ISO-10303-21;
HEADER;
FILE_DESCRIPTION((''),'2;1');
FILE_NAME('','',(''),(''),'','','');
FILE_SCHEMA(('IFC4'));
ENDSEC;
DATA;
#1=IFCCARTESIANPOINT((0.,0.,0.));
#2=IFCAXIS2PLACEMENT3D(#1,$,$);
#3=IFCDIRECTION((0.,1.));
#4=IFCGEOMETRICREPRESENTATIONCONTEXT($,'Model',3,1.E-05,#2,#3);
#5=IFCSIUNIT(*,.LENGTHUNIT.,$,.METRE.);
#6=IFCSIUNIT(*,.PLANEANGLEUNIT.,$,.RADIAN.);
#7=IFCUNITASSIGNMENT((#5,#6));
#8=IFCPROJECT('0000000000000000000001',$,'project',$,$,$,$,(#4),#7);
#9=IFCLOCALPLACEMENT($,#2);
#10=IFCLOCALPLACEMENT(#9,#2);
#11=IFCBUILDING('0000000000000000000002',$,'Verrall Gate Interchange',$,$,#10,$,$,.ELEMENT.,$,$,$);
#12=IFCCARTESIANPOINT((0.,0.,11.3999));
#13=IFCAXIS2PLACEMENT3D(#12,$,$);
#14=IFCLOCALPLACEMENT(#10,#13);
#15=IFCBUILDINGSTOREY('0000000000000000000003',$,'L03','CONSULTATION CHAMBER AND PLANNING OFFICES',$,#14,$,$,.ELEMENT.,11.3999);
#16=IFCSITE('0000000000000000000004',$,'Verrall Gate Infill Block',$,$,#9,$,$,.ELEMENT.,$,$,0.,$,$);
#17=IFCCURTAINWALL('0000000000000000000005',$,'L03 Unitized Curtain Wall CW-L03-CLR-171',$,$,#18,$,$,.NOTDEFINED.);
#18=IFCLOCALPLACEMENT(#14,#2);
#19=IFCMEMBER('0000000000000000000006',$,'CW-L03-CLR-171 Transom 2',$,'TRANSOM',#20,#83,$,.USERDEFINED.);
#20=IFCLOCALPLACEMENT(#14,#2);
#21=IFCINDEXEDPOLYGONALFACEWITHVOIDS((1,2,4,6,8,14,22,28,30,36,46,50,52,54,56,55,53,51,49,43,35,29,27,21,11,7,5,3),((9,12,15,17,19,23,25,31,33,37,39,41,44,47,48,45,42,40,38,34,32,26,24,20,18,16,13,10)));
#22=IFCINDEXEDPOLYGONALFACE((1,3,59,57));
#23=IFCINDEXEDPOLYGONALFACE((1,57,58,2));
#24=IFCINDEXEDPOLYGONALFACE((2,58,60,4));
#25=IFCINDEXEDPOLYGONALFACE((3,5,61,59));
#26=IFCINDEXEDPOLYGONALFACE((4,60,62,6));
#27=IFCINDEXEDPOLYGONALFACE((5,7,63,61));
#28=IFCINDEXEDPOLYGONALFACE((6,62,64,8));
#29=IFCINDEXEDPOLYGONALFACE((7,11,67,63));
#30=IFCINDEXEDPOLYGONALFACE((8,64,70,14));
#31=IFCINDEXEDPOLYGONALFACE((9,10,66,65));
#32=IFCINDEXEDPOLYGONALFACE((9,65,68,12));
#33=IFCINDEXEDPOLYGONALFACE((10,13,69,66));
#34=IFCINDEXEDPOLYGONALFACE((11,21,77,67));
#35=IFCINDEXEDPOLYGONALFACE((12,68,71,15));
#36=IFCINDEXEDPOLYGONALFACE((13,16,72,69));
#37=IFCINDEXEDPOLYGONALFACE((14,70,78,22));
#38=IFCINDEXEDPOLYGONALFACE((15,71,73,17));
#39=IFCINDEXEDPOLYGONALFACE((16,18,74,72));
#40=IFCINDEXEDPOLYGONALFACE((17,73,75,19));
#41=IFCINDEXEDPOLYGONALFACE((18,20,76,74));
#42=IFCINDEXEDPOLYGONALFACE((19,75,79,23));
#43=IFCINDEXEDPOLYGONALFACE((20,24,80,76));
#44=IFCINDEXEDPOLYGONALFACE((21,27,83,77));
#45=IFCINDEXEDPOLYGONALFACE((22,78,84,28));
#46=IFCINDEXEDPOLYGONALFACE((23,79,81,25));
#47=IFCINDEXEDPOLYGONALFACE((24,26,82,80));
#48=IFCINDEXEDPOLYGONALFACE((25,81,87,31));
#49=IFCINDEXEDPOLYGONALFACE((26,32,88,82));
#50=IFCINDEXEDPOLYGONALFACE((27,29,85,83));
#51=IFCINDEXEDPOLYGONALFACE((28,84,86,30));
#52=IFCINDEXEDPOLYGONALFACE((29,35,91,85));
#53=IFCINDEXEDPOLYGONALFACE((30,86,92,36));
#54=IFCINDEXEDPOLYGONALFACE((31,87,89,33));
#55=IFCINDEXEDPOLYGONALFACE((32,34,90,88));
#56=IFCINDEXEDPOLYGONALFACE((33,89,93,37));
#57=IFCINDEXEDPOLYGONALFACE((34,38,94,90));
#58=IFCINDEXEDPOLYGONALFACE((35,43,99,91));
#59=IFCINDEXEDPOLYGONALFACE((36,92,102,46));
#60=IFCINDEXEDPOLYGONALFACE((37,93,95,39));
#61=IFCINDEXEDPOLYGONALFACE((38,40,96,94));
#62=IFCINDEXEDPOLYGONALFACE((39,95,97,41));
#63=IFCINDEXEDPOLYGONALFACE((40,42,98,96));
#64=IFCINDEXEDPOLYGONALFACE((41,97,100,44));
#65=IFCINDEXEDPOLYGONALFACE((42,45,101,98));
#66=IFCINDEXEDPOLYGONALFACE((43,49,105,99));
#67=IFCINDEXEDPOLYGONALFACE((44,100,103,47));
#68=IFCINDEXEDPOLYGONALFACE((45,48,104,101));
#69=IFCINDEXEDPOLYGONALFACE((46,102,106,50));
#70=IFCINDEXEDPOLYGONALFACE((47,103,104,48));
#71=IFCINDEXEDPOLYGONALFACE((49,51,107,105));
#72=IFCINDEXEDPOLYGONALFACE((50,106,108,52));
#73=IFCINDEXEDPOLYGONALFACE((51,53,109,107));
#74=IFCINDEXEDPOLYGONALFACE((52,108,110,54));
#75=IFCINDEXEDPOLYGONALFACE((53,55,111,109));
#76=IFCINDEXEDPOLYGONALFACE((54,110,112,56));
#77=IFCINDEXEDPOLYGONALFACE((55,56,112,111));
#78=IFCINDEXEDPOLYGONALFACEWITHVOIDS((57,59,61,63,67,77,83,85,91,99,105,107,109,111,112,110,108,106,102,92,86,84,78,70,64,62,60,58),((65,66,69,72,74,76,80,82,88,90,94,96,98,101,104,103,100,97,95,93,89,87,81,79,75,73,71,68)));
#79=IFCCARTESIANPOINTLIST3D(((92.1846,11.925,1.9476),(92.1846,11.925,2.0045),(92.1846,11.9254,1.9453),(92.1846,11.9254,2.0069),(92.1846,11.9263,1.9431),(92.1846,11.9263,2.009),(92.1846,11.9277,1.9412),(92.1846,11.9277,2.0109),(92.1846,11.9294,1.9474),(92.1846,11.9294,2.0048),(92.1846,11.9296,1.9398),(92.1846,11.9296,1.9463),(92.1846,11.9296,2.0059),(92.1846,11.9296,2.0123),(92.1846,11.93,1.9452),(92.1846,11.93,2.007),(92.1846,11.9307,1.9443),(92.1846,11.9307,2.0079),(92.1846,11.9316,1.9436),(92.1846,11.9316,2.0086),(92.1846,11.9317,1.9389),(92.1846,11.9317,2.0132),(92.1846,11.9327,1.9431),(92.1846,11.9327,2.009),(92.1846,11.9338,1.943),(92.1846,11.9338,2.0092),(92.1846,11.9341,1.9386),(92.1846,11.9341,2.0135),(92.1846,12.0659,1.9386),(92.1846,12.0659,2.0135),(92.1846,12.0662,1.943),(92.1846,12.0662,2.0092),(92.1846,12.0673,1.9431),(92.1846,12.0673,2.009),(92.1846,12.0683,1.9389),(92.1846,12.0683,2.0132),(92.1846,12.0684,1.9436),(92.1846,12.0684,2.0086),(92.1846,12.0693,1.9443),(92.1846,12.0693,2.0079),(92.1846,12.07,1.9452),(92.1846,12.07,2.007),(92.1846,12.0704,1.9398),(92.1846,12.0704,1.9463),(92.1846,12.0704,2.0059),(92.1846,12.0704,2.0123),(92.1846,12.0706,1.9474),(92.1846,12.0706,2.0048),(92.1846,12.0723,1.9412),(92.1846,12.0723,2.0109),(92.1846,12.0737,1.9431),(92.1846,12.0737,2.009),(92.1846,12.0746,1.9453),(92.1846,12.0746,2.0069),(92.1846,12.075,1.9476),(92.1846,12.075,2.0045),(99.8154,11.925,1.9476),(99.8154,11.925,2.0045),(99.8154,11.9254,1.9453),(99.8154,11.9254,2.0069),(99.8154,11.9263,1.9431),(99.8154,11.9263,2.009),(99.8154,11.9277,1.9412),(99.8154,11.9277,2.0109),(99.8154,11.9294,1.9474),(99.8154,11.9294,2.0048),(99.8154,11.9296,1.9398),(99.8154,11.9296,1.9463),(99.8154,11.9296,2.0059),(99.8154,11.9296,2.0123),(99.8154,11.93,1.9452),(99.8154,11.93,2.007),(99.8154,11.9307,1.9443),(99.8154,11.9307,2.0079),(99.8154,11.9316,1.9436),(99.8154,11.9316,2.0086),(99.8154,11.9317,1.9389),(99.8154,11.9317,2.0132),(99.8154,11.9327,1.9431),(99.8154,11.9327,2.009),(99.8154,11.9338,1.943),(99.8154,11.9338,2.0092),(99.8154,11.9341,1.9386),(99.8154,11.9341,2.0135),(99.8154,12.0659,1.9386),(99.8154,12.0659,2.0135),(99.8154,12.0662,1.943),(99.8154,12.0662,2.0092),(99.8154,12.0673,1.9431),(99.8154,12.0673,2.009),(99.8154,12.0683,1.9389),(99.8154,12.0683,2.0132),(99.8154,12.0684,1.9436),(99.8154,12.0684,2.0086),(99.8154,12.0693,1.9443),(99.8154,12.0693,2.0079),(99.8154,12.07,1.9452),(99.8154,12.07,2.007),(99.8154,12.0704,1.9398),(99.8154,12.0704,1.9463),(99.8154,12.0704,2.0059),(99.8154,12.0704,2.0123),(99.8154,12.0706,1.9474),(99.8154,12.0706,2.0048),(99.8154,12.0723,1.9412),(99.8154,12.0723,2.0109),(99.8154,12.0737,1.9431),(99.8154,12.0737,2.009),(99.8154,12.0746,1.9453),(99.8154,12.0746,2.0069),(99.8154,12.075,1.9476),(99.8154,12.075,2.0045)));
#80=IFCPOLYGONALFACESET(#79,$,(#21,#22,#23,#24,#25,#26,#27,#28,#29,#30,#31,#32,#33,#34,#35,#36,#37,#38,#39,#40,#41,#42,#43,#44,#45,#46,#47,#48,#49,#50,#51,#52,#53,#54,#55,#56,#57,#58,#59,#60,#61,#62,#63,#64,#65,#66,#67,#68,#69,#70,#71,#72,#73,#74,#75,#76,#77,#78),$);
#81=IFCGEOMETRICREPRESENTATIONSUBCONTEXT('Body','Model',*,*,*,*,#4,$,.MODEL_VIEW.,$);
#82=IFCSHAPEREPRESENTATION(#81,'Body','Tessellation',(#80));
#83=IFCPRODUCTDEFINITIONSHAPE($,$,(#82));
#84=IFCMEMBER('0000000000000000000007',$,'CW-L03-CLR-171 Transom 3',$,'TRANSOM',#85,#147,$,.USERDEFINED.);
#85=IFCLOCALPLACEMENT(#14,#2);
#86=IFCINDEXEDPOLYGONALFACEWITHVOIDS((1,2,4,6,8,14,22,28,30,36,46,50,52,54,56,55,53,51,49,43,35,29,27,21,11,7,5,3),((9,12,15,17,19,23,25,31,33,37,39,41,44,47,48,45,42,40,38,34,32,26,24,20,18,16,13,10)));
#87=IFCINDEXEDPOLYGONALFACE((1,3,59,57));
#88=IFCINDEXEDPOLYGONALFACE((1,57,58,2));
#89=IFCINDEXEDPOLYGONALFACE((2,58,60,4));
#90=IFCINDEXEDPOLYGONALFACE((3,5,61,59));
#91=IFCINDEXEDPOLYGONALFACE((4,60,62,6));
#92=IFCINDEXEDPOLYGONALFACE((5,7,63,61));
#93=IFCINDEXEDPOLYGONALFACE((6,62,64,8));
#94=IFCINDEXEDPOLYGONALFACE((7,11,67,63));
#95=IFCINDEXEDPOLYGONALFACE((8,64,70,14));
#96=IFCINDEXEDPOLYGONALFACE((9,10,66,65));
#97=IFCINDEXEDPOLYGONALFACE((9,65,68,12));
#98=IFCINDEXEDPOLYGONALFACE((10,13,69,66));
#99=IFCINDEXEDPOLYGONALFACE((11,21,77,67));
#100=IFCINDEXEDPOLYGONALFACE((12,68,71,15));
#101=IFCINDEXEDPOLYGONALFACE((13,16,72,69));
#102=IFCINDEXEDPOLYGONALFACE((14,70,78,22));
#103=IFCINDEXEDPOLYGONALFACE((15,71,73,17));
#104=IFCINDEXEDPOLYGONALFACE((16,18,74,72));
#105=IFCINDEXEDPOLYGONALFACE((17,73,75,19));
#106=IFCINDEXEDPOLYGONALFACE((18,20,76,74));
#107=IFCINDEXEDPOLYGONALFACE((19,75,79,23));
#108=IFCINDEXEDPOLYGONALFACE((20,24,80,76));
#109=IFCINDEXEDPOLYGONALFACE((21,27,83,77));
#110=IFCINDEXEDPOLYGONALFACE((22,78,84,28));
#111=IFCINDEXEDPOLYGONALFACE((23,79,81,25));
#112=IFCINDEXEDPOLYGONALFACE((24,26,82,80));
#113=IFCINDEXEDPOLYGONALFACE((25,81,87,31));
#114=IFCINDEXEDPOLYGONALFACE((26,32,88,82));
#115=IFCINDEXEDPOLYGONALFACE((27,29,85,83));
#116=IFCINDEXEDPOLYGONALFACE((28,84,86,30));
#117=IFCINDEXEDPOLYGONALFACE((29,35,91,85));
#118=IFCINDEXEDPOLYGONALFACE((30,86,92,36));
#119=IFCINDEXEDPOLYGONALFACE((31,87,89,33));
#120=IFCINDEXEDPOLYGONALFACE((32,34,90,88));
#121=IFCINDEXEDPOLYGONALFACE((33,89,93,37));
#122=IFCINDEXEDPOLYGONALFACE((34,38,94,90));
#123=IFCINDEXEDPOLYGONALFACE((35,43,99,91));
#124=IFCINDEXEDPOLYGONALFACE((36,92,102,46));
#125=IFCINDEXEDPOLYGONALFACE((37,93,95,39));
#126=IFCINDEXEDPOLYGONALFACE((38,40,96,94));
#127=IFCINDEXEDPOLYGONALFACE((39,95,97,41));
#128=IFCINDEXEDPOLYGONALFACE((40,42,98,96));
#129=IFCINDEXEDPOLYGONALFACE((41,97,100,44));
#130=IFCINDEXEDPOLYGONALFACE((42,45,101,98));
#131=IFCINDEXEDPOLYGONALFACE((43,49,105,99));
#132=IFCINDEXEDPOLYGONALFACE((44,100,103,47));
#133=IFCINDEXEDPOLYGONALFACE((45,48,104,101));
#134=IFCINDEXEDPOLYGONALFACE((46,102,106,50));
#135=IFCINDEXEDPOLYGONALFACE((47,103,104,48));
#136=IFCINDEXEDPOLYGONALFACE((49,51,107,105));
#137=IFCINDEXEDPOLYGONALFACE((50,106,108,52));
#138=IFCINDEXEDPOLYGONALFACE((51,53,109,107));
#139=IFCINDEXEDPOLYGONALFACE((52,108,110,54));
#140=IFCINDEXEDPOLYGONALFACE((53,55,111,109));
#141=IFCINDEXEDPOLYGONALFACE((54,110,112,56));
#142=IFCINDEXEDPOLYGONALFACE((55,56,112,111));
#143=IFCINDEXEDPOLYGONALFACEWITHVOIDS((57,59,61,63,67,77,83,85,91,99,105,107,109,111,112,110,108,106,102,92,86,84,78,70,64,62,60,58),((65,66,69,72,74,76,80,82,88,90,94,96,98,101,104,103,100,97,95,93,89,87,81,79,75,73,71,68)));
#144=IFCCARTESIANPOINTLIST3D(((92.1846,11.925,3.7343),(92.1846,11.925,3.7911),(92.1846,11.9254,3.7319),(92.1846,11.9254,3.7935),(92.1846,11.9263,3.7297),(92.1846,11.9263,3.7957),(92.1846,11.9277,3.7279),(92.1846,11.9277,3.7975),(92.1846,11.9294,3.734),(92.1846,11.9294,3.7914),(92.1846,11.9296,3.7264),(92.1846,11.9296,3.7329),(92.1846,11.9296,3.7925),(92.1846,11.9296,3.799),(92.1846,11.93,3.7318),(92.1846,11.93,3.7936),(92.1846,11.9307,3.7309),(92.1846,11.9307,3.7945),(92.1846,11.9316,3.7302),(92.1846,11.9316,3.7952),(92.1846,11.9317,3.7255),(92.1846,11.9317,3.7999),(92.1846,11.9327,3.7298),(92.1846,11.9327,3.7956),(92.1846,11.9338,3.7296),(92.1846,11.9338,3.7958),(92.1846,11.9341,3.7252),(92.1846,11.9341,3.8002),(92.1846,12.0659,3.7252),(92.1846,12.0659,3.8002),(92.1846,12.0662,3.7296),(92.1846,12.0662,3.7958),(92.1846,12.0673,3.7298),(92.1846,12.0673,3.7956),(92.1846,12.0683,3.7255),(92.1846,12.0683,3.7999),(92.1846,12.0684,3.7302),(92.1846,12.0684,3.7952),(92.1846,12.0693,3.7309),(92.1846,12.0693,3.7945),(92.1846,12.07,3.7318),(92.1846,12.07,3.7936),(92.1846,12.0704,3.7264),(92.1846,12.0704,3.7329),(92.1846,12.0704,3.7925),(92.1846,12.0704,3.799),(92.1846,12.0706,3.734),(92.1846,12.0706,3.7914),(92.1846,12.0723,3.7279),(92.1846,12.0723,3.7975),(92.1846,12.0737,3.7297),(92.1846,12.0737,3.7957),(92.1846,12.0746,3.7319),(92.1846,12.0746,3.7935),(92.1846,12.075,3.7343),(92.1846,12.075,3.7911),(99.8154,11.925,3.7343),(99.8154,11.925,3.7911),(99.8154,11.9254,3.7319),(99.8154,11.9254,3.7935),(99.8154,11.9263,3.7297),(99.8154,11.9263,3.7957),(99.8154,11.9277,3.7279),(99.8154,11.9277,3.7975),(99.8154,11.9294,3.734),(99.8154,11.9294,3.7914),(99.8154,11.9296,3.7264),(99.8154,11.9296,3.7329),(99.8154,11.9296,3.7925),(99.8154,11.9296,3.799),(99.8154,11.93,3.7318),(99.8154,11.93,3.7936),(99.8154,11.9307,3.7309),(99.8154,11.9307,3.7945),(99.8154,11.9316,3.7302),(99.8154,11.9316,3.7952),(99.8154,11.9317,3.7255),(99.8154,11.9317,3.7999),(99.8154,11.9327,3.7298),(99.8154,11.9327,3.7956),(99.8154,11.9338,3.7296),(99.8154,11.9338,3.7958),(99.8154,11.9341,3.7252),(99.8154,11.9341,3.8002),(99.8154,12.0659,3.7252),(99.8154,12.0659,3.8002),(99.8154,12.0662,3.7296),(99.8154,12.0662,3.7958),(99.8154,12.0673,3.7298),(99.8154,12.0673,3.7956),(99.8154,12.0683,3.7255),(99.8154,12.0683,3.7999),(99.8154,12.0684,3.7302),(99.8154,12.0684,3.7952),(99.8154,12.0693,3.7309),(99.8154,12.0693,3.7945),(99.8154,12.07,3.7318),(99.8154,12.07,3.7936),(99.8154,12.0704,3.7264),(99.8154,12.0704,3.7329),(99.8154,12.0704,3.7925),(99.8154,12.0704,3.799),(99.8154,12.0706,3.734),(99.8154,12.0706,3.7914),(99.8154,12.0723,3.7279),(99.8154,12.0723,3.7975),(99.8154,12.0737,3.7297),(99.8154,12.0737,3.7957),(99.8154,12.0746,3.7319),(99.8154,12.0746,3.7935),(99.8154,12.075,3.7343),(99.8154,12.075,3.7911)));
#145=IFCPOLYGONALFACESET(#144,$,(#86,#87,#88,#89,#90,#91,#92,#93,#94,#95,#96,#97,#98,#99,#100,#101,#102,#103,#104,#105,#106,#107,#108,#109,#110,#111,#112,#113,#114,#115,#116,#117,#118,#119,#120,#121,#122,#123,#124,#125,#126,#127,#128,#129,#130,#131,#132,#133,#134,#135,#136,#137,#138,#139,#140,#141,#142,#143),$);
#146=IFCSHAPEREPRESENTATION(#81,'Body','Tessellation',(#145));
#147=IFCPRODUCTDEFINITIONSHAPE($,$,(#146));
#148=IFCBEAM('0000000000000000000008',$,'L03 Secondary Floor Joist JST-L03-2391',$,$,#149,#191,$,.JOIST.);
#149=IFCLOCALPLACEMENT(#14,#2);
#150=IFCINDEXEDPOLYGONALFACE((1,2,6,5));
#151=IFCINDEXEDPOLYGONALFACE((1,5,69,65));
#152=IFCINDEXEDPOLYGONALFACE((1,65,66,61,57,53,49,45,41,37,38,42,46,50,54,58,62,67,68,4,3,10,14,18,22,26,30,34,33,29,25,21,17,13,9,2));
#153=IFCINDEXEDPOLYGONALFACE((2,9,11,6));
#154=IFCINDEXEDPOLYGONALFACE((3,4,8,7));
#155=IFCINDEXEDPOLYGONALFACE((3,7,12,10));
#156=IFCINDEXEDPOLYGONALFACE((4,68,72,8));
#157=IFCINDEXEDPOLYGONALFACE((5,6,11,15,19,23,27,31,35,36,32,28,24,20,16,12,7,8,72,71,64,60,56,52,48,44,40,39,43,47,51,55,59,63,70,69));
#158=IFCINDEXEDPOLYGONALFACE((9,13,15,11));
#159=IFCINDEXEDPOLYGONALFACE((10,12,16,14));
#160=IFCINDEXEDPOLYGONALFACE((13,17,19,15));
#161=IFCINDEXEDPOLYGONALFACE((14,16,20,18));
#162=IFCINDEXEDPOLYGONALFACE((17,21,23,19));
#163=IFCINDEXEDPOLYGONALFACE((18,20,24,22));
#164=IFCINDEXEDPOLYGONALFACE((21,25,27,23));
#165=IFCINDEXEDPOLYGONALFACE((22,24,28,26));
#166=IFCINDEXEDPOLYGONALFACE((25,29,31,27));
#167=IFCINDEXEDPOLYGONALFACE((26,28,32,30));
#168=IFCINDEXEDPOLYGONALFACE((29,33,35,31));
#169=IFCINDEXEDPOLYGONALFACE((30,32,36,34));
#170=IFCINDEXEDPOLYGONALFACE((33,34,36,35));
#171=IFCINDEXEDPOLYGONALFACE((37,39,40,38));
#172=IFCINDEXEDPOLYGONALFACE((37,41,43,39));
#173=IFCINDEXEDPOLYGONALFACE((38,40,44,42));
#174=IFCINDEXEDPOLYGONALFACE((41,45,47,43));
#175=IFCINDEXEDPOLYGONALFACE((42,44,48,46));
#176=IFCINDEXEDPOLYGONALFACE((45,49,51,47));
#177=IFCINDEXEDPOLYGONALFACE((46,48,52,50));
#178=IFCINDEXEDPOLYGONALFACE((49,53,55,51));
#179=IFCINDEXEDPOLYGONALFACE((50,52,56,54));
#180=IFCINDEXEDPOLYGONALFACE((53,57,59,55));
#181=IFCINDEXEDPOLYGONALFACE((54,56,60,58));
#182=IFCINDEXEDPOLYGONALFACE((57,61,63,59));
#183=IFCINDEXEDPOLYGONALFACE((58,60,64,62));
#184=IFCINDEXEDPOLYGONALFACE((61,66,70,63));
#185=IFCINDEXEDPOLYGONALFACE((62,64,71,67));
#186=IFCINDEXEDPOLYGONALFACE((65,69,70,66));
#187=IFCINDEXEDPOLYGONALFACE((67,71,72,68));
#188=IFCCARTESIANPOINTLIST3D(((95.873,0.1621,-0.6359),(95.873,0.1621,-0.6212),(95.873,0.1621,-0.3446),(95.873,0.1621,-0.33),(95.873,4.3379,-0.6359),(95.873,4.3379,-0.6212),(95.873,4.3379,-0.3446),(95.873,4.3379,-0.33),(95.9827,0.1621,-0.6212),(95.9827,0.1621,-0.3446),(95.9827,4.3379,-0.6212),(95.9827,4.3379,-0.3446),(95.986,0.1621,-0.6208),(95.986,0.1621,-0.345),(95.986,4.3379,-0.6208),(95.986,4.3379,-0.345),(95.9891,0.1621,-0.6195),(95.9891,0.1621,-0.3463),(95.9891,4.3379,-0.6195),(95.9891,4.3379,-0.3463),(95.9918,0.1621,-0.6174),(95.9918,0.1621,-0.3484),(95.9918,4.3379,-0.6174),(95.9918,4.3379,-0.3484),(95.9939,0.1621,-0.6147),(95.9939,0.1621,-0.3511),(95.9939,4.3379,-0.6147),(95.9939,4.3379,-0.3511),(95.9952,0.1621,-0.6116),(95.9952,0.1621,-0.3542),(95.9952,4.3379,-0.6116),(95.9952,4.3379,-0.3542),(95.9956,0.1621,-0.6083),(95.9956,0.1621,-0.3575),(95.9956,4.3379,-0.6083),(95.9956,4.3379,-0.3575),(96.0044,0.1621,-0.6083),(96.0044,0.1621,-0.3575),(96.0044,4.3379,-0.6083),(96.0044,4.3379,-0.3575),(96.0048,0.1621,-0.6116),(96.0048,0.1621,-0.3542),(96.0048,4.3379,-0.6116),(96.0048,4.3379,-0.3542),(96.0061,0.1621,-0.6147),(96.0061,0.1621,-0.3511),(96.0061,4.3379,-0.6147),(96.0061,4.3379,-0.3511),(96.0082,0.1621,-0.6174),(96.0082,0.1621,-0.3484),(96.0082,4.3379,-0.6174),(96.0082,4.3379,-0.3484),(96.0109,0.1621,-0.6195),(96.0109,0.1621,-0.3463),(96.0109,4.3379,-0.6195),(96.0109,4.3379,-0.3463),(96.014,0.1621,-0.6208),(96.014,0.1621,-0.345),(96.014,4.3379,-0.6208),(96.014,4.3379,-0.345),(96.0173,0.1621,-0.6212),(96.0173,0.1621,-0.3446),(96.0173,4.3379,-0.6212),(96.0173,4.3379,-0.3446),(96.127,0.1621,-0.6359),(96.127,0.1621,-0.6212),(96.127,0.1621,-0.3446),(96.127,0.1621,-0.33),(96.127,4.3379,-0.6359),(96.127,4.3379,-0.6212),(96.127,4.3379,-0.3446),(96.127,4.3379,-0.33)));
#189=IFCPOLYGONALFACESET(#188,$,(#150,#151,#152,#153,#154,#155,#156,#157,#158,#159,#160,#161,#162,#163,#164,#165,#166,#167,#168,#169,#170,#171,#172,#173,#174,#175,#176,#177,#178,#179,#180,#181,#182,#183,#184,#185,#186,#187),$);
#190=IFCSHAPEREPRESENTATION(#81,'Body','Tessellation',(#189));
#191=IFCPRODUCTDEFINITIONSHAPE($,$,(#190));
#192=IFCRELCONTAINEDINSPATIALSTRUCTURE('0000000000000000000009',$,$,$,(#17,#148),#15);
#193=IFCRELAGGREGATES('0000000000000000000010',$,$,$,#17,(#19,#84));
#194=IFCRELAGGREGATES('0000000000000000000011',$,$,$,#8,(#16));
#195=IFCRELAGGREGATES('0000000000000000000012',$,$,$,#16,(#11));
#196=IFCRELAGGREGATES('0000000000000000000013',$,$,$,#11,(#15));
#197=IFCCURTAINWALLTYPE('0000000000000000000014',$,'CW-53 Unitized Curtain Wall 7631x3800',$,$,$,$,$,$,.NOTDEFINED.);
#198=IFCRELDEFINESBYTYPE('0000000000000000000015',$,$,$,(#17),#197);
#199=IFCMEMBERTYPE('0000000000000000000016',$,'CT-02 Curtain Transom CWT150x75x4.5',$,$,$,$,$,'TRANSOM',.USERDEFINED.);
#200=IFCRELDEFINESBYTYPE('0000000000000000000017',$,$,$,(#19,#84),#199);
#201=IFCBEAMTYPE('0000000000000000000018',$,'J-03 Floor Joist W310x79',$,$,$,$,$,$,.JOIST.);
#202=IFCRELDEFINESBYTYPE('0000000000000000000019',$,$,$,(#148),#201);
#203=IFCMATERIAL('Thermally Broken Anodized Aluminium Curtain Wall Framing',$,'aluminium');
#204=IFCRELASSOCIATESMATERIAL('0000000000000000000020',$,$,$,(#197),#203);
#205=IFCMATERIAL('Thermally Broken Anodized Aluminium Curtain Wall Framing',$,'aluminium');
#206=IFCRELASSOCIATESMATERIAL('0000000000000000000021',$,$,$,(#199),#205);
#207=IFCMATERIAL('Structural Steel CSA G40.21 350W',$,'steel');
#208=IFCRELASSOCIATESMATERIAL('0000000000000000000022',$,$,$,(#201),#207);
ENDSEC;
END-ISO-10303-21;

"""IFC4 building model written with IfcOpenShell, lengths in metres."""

from ifc_helpers import new_model, si_unit, direction, frame, origin, origin_2d, place, context, subcontext, project, spatial, hollow_rectangle, i_section, extrude, material, material_profile, profile_set, type_object, element, aggregate, save


model = new_model("IFC4")

# Units and contexts
model_context = context("Model", 3, precision=1e-05, world=origin(), true_north=direction((0.0, 1.0)))
body_context = subcontext(model_context, "Body", "Model", "MODEL_VIEW")
ifc_project = project(units=[si_unit("LENGTHUNIT", "METRE"), si_unit("PLANEANGLEUNIT", "RADIAN")], contexts=[model_context])

# Site, building, storey
site_placement = place(None, origin())
site = spatial("IfcSite", under=ifc_project, at=site_placement, Name="Verrall Gate Infill Block", CompositionType="ELEMENT", RefElevation=0.0)
building_placement = place(site_placement, origin())
building = spatial("IfcBuilding", under=site, at=building_placement, Name="Verrall Gate Interchange", CompositionType="ELEMENT")
storey_placement = place(building_placement, frame((0.0, 0.0, 11.3999)))
storey = spatial("IfcBuildingStorey", under=building, at=storey_placement, Name="L03", Description="CONSULTATION CHAMBER AND PLANNING OFFICES", CompositionType="ELEMENT", Elevation=11.3999)

# Curtain wall, members
ifc_material_1 = material(Name="Thermally Broken Anodized Aluminium Curtain Wall Framing", Category="aluminium")
curtain_wall_type = type_object("IfcCurtainWallType", Name="CW-53 Unitized Curtain Wall 7631x3800", PredefinedType="NOTDEFINED", material=ifc_material_1)
curtain_wall_1_placement = place(storey_placement, origin())
curtain_wall_1 = element("IfcCurtainWall", 1, at=curtain_wall_1_placement, inside=storey, type_object=curtain_wall_type, Name="L03 Unitized Curtain Wall CW-L03-CLR-171", PredefinedType="NOTDEFINED")
ifc_material_2 = material(Name="Thermally Broken Anodized Aluminium Curtain Wall Framing", Category="aluminium")
ifc_material_profile_1 = material_profile(ifc_material_2, hollow_rectangle(XDim=0.1499, YDim=0.075, WallThickness=0.0044, InnerFilletRadius=0.0044, OuterFilletRadius=0.009, at=origin_2d()), Name="CWT150x75x4.5")
ifc_profile_set_1 = profile_set([ifc_material_profile_1], Name="Thermally Broken Anodized Aluminium Curtain Wall Framing")
member_type_1 = type_object("IfcMemberType", Name="CT-02 Curtain Transom CWT150x75x4.5", ElementType="TRANSOM", PredefinedType="USERDEFINED", material=ifc_profile_set_1)
member_1_placement = place(storey_placement, frame((92.1846, 12.0, 1.9761), z_axis=(1.0, 0.0, 0.0), x_axis=(0.0, 1.0, 0.0)))
member_1 = element("IfcMember", 2, at=member_1_placement, type_object=member_type_1, Name="CW-L03-CLR-171 Transom 2", ObjectType="TRANSOM", PredefinedType="USERDEFINED", context=body_context, shape_type="SweptSolid", body=[
    extrude(hollow_rectangle(XDim=0.1499, YDim=0.075, WallThickness=0.0044, InnerFilletRadius=0.0044, OuterFilletRadius=0.009, at=origin_2d()), origin(), (0.0, 0.0, 1.0), 7.6309),
])
member_2_placement = place(storey_placement, frame((92.1846, 12.0, 3.7627), z_axis=(1.0, 0.0, 0.0), x_axis=(0.0, 1.0, 0.0)))
member_2 = element("IfcMember", 3, at=member_2_placement, type_object=member_type_1, Name="CW-L03-CLR-171 Transom 3", ObjectType="TRANSOM", PredefinedType="USERDEFINED", context=body_context, shape_type="SweptSolid", body=[
    extrude(hollow_rectangle(XDim=0.1499, YDim=0.075, WallThickness=0.0044, InnerFilletRadius=0.0044, OuterFilletRadius=0.009, at=origin_2d()), origin(), (0.0, 0.0, 1.0), 7.6309),
])

# Beam
ifc_material_3 = material(Name="Structural Steel CSA G40.21 350W", Category="steel")
ifc_material_profile_2 = material_profile(ifc_material_3, i_section(OverallWidth=0.2539, OverallDepth=0.3059, WebThickness=0.0088, FlangeThickness=0.0146, FilletRadius=0.0129, at=origin_2d()), Name="W310x79")
ifc_profile_set_2 = profile_set([ifc_material_profile_2], Name="Structural Steel CSA G40.21 350W")
beam_type_1 = type_object("IfcBeamType", Name="J-03 Floor Joist W310x79", PredefinedType="JOIST", material=ifc_profile_set_2)
beam_1_placement = place(storey_placement, frame((96.0, 0.1621, -0.4829), z_axis=(0.0, 1.0, 0.0), x_axis=(-1.0, 0.0, 0.0)))
element("IfcBeam", 4, at=beam_1_placement, inside=storey, type_object=beam_type_1, Name="L03 Secondary Floor Joist JST-L03-2391", PredefinedType="JOIST", context=body_context, shape_type="SweptSolid", body=[
    extrude(i_section(OverallWidth=0.2539, OverallDepth=0.3059, WebThickness=0.0088, FlangeThickness=0.0146, FilletRadius=0.0129, at=origin_2d()), origin(), (0.0, 0.0, 1.0), 4.1758),
])

aggregate(curtain_wall_1, [member_1, member_2])

save(model, "model.ifc")
